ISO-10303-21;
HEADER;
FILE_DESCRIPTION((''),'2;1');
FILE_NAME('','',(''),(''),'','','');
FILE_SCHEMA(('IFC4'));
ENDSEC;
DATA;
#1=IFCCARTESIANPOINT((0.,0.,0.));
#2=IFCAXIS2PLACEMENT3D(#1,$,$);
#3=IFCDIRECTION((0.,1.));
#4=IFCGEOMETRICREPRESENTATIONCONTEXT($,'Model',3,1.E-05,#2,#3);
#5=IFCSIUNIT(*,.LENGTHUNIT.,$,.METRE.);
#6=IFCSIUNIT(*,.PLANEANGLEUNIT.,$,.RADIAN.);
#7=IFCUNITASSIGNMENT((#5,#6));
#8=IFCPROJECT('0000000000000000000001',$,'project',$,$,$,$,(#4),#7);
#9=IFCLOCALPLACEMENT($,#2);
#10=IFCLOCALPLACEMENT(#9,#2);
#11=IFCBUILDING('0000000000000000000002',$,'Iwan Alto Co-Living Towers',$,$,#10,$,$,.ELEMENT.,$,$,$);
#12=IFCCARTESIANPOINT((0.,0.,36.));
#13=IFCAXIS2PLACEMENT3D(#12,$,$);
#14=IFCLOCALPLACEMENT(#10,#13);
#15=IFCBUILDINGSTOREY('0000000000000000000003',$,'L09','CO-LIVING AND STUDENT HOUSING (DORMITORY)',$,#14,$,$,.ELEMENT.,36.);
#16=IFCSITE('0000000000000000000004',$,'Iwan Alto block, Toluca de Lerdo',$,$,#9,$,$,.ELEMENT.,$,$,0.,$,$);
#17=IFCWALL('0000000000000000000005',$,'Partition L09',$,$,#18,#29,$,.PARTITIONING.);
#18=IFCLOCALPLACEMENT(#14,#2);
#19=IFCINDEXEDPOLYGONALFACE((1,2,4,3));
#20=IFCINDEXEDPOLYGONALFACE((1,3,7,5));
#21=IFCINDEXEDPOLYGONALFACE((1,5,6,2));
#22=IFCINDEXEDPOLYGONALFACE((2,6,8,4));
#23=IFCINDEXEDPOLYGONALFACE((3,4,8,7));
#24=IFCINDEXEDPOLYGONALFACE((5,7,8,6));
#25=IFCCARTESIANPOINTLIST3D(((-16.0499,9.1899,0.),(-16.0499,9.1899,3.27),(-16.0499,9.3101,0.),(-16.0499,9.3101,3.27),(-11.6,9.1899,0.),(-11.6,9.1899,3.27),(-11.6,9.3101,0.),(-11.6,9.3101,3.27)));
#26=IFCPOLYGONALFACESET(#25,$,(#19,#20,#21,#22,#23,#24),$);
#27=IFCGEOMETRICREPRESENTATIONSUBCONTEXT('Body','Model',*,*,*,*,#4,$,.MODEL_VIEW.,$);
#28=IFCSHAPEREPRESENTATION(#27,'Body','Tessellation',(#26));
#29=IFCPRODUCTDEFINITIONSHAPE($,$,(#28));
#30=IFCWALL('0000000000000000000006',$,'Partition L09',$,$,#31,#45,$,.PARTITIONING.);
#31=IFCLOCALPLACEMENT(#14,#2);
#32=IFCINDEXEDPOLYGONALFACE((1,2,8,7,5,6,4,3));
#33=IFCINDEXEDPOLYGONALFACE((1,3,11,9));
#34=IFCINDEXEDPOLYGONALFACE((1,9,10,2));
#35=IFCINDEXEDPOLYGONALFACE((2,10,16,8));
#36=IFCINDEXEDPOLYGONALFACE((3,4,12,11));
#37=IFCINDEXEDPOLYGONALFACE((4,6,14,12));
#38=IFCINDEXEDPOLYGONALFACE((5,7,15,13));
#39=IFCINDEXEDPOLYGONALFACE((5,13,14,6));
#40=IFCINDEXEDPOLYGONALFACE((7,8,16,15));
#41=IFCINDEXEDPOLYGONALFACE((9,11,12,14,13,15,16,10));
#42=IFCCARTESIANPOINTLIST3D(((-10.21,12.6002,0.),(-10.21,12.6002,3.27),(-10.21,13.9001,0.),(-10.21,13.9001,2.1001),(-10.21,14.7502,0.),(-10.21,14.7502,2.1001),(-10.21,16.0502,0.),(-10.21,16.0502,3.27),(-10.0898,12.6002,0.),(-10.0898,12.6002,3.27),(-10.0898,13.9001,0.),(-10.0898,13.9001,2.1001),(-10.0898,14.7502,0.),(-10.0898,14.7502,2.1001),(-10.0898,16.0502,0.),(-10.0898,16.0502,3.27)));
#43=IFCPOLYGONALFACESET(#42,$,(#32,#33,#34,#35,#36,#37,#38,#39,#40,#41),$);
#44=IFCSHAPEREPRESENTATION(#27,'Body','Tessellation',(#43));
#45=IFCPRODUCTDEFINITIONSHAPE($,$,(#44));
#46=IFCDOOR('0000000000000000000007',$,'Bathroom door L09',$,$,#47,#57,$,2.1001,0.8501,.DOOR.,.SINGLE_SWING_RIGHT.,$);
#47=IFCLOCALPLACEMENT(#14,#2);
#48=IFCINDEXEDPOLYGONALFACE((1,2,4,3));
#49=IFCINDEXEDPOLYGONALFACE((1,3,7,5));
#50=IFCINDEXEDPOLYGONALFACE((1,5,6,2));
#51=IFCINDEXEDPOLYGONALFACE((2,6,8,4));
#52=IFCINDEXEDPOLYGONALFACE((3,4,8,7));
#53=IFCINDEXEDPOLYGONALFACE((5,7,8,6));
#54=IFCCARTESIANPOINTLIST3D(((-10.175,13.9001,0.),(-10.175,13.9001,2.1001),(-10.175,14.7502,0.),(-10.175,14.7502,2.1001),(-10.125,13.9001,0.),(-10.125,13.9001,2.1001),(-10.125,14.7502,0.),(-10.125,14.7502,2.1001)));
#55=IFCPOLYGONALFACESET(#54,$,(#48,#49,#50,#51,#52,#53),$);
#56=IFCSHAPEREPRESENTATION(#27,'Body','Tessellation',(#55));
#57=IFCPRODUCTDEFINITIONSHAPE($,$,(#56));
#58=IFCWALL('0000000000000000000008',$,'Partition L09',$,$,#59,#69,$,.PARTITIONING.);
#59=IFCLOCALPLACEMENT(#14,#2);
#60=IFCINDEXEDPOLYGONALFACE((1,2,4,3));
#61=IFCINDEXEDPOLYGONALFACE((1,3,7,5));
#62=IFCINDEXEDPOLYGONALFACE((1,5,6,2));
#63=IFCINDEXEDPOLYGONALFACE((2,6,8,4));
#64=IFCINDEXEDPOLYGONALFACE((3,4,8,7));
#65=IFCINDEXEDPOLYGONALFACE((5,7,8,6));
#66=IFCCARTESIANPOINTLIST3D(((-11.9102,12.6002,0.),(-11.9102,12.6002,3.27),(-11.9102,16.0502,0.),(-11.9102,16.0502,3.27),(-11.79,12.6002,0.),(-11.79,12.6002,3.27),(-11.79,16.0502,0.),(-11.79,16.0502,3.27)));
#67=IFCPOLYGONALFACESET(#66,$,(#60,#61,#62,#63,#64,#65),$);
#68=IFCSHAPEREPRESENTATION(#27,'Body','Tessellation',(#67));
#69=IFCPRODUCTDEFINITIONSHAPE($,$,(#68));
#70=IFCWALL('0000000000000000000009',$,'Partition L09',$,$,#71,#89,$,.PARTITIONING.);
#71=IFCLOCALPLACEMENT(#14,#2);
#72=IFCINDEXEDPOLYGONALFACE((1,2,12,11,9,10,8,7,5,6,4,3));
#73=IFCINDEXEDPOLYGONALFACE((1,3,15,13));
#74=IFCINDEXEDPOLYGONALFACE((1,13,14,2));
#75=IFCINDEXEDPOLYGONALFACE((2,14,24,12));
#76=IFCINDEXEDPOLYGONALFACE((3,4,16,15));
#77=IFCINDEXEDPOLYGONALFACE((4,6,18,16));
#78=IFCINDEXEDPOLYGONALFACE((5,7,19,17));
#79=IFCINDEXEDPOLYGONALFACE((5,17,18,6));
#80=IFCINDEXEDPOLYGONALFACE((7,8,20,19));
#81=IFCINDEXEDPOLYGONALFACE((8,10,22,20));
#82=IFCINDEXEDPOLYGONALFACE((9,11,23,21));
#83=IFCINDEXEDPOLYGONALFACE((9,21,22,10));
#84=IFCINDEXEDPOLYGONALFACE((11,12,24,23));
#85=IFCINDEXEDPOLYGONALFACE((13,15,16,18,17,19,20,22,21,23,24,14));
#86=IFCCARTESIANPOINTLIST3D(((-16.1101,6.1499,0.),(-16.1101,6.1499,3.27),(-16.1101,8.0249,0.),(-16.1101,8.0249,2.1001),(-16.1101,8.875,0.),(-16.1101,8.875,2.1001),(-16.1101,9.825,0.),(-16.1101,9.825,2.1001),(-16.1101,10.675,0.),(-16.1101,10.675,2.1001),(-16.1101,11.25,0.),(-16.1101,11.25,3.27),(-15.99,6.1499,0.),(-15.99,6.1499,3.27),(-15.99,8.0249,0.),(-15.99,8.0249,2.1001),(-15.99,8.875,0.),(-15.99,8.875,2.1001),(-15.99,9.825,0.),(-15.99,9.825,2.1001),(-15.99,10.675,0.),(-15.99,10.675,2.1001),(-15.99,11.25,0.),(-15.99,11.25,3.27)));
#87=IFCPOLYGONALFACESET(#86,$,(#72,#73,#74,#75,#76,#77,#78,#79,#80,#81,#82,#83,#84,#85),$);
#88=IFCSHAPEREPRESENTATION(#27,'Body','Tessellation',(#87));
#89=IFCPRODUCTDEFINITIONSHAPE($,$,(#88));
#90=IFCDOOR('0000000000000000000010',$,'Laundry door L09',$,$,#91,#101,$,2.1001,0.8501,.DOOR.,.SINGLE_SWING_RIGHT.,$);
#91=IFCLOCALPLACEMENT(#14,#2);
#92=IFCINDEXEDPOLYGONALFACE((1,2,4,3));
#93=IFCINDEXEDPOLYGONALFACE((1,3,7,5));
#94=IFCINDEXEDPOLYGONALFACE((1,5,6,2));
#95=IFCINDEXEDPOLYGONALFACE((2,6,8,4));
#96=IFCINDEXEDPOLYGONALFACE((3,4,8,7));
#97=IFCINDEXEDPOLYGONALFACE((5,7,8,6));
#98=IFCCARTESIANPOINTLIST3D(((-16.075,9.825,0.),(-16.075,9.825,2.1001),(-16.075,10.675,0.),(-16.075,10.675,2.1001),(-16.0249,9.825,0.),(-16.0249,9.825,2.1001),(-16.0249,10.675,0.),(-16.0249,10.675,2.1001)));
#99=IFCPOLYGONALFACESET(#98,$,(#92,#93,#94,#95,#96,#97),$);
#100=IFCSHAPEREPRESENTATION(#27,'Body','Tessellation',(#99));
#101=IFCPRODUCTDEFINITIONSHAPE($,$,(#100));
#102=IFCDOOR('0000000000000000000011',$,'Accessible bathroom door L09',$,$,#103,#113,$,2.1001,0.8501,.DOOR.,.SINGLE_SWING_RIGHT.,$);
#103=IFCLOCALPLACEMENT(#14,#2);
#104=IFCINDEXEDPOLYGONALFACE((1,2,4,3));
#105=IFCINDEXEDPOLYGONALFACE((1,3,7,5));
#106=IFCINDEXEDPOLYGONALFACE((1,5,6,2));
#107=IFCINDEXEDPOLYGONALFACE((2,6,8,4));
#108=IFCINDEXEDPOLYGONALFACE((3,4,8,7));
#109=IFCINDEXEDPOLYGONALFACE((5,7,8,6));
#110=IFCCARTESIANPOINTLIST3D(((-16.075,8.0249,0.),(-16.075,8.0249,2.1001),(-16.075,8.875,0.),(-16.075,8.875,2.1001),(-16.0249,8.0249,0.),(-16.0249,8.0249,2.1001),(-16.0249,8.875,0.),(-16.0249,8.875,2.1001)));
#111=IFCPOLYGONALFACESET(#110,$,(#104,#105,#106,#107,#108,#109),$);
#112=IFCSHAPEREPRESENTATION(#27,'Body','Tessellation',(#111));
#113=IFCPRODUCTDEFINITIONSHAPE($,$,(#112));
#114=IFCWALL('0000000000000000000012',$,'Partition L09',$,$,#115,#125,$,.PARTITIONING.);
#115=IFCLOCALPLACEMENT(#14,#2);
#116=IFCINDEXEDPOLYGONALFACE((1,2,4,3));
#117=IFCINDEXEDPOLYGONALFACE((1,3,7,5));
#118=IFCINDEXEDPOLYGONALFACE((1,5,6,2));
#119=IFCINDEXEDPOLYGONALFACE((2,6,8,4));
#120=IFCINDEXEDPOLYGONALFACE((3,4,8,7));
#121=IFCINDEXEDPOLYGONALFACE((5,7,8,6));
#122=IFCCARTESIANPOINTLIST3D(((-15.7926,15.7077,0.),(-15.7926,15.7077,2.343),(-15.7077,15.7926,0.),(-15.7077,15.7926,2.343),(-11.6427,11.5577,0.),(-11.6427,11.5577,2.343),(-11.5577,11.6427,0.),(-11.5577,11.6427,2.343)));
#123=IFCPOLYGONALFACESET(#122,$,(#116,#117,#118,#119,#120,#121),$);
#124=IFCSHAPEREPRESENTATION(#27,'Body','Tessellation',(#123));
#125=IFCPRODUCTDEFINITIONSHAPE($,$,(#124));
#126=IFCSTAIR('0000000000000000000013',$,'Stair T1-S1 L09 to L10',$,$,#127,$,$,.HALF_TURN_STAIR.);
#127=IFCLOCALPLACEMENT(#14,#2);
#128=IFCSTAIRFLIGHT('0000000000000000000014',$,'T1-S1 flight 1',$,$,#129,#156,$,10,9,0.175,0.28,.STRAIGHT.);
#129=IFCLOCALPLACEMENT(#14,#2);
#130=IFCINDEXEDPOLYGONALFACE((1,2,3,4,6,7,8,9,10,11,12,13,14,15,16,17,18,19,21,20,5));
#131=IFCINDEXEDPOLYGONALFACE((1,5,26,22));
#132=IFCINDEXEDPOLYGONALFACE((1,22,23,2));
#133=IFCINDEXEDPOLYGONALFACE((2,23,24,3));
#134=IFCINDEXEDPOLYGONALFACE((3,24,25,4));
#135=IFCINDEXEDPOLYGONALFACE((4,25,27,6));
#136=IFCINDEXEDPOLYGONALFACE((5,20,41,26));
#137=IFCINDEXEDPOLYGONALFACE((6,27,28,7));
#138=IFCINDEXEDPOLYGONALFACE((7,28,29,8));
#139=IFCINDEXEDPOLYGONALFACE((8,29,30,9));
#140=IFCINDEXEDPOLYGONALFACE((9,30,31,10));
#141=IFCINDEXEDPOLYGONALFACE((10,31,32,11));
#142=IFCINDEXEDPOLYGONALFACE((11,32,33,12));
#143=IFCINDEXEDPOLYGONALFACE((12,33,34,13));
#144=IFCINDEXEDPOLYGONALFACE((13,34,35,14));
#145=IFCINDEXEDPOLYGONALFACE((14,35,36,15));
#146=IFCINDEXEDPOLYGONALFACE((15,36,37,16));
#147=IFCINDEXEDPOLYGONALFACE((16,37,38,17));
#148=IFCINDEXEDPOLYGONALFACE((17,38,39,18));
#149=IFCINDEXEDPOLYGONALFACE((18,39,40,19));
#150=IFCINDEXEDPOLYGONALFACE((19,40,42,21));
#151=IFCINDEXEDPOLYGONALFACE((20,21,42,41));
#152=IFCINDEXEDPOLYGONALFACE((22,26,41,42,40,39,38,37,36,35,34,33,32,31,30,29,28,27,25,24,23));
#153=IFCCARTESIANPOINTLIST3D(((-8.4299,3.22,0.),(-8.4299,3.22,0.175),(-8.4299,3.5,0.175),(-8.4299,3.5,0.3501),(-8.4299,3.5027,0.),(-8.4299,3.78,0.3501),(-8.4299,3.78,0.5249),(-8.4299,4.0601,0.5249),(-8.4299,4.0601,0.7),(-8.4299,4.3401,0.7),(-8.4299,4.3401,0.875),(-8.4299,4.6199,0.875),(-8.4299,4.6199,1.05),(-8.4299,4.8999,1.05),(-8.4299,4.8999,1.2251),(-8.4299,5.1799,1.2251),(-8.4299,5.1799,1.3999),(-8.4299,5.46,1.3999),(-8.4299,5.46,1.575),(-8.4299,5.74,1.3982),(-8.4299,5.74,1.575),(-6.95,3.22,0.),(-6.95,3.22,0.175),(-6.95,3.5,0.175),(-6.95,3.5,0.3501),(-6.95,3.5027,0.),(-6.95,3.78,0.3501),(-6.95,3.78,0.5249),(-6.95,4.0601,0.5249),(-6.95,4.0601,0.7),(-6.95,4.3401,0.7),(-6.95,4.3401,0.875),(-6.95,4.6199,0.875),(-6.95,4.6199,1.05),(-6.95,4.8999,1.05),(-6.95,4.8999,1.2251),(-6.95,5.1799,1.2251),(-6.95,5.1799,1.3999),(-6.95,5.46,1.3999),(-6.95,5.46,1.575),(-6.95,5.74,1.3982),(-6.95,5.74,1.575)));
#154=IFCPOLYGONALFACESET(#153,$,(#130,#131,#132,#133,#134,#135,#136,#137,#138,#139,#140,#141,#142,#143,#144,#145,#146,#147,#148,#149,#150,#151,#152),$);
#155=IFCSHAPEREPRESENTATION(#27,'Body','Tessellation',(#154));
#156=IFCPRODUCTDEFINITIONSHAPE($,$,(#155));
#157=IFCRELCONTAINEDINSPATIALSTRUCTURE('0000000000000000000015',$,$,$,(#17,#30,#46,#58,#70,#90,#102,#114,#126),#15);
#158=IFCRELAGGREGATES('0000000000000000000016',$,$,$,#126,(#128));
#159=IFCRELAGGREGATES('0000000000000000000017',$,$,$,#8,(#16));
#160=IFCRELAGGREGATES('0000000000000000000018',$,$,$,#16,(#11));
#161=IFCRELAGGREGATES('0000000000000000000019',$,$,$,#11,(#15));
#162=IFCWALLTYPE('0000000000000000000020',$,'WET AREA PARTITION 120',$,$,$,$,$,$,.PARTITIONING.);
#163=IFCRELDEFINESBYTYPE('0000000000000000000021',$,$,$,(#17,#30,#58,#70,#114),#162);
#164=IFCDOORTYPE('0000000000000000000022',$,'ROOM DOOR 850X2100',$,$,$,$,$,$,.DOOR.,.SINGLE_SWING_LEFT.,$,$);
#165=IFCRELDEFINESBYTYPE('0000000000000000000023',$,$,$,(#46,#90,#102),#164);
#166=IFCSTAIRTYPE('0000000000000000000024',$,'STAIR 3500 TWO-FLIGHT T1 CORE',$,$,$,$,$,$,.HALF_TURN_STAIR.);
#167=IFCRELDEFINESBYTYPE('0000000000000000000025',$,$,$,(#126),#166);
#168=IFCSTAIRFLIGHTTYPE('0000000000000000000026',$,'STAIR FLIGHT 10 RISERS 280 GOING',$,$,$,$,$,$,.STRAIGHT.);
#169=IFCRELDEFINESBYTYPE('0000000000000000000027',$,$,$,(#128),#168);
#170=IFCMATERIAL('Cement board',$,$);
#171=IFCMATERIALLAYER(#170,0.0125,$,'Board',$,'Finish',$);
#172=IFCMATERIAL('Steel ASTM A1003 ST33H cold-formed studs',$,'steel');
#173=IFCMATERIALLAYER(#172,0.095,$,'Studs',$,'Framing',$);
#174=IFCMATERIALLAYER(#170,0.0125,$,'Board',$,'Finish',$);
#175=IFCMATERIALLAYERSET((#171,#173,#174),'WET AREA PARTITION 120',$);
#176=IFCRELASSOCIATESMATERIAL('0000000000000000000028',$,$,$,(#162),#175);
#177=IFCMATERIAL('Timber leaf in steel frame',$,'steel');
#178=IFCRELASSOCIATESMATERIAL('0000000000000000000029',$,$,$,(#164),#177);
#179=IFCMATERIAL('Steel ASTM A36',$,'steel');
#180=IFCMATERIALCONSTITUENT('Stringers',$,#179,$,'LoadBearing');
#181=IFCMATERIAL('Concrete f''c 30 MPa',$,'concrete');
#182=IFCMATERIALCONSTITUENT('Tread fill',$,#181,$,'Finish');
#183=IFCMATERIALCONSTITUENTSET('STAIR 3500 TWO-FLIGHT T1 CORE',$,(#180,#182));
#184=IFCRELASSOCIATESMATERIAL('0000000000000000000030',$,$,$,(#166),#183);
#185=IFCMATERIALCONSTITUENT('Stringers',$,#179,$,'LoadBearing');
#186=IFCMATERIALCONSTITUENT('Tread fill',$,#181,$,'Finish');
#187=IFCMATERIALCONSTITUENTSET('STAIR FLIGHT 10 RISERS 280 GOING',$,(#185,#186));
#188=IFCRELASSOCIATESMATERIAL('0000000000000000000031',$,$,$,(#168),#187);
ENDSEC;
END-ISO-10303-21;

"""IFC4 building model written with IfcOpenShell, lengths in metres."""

from ifc_helpers import new_model, si_unit, direction, frame, frame_2d, origin, place, context, subcontext, project, spatial, polyline, rectangle, outline, extrude, material, layer, layer_set, constituent, constituent_set, type_object, element, fill, aggregate, save


model = new_model("IFC4")

# Units and contexts
model_context = context("Model", 3, precision=1e-05, world=origin(), true_north=direction((0.0, 1.0)))
body_context = subcontext(model_context, "Body", "Model", "MODEL_VIEW")
ifc_project = project(units=[si_unit("LENGTHUNIT", "METRE"), si_unit("PLANEANGLEUNIT", "RADIAN")], contexts=[model_context])

# Site, building, storey
site_placement = place(None, origin())
site = spatial("IfcSite", under=ifc_project, at=site_placement, Name="Iwan Alto block, Toluca de Lerdo", CompositionType="ELEMENT", RefElevation=0.0)
building_placement = place(site_placement, origin())
building = spatial("IfcBuilding", under=site, at=building_placement, Name="Iwan Alto Co-Living Towers", CompositionType="ELEMENT")
storey_placement = place(building_placement, frame((0.0, 0.0, 36.0)))
storey = spatial("IfcBuildingStorey", under=building, at=storey_placement, Name="L09", Description="CO-LIVING AND STUDENT HOUSING (DORMITORY)", CompositionType="ELEMENT", Elevation=36.0)

# Shared definitions
ifc_material_1 = material(Name="Steel ASTM A1003 ST33H cold-formed studs", Category="steel")

# Shared definitions
ifc_material_2 = material(Name="Cement board")
ifc_layer_1 = layer(ifc_material_2, 0.0125, Name="Board", Category="Finish")
ifc_layer_2 = layer(ifc_material_1, 0.095, Name="Studs", Category="Framing")
ifc_layer_3 = layer(ifc_material_2, 0.0125, Name="Board", Category="Finish")
ifc_layer_set_1 = layer_set([ifc_layer_1, ifc_layer_2, ifc_layer_3], Name="WET AREA PARTITION 120")
wall_type_1 = type_object("IfcWallType", Name="WET AREA PARTITION 120", PredefinedType="PARTITIONING", material=ifc_layer_set_1)
ifc_material_3 = material(Name="Timber leaf in steel frame", Category="steel")
door_type_1 = type_object("IfcDoorType", Name="ROOM DOOR 850X2100", OperationType="SINGLE_SWING_LEFT", PredefinedType="DOOR", material=ifc_material_3)

# Wall
for number, where, z_axis, x_axis, name in (
    (1, (-16.05, 9.25, 0.0), (0.0, 0.0, 1.0), (1.0, 0.0, 0.0), "Partition L09"),
):
    element("IfcWall", number, at=place(storey_placement, frame(where, z_axis=z_axis, x_axis=x_axis)), inside=storey, type_object=wall_type_1, Name=name, PredefinedType="PARTITIONING", context=body_context, shape_type="SweptSolid", body=[
        extrude(rectangle(XDim=4.45, YDim=0.1201, at=frame_2d((2.2251, 0.0))), origin(), (0.0, 0.0, 1.0), 3.27),
    ])

# Wall, opening, door
wall_1_placement = place(storey_placement, frame((-10.1499, 12.6001, 0.0), z_axis=(0.0, 0.0, 1.0), x_axis=(0.0, 1.0, 0.0)))
wall_1 = element("IfcWall", 2, at=wall_1_placement, inside=storey, type_object=wall_type_1, Name="Partition L09", PredefinedType="PARTITIONING", context=body_context, shape_type="SweptSolid", body=[
    extrude(rectangle(XDim=3.45, YDim=0.1201, at=frame_2d((1.7251, 0.0))), origin(), (0.0, 0.0, 1.0), 3.27),
])
opening_1_placement = place(wall_1_placement, frame((1.3, 0.0, 0.0)))
opening_1 = element("IfcOpeningElement", 3, at=opening_1_placement, cuts=wall_1, PredefinedType="OPENING", context=body_context, shape_type="SweptSolid", body=[
    extrude(rectangle(XDim=0.8501, YDim=2.1001, at=frame_2d((0.425, 1.05))), frame((0.0, 0.0701, 0.0), z_axis=(0.0, -1.0, 0.0), x_axis=(1.0, 0.0, 0.0)), (0.0, 0.0, 1.0), 0.1401),
])
door_1_placement = place(opening_1_placement, frame((0.8501, 0.0, 0.0), z_axis=(0.0, 0.0, 1.0), x_axis=(-1.0, 0.0, 0.0)))
door_1 = element("IfcDoor", 4, at=door_1_placement, inside=storey, type_object=door_type_1, Name="Bathroom door L09", OperationType="SINGLE_SWING_RIGHT", OverallHeight=2.1001, OverallWidth=0.8501, PredefinedType="DOOR", context=body_context, shape_type="SweptSolid", body=[
    extrude(rectangle(XDim=0.8501, YDim=2.1001, at=frame_2d((0.425, 1.05))), frame((0.0, 0.0249, 0.0), z_axis=(0.0, -1.0, 0.0), x_axis=(1.0, 0.0, 0.0)), (0.0, 0.0, 1.0), 0.05),
])
fill(opening_1, door_1)

# Wall
wall_2_placement = place(storey_placement, frame((-11.8501, 12.6001, 0.0), z_axis=(0.0, 0.0, 1.0), x_axis=(0.0, 1.0, 0.0)))
element("IfcWall", 5, at=wall_2_placement, inside=storey, type_object=wall_type_1, Name="Partition L09", PredefinedType="PARTITIONING", context=body_context, shape_type="SweptSolid", body=[
    extrude(rectangle(XDim=3.45, YDim=0.1201, at=frame_2d((1.7251, 0.0))), origin(), (0.0, 0.0, 1.0), 3.27),
])

# Wall, openings, doors
wall_3_placement = place(storey_placement, frame((-16.05, 6.1499, 0.0), z_axis=(0.0, 0.0, 1.0), x_axis=(0.0, 1.0, 0.0)))
wall_3 = element("IfcWall", 6, at=wall_3_placement, inside=storey, type_object=wall_type_1, Name="Partition L09", PredefinedType="PARTITIONING", context=body_context, shape_type="SweptSolid", body=[
    extrude(rectangle(XDim=5.1001, YDim=0.1201, at=frame_2d((2.55, 0.0))), origin(), (0.0, 0.0, 1.0), 3.27),
])
opening_2_placement = place(wall_3_placement, frame((3.675, 0.0, 0.0)))
opening_2 = element("IfcOpeningElement", 7, at=opening_2_placement, cuts=wall_3, PredefinedType="OPENING", context=body_context, shape_type="SweptSolid", body=[
    extrude(rectangle(XDim=0.8501, YDim=2.1001, at=frame_2d((0.425, 1.05))), frame((0.0, 0.0701, 0.0), z_axis=(0.0, -1.0, 0.0), x_axis=(1.0, 0.0, 0.0)), (0.0, 0.0, 1.0), 0.1401),
])
opening_3_placement = place(wall_3_placement, frame((1.875, 0.0, 0.0)))
opening_3 = element("IfcOpeningElement", 8, at=opening_3_placement, cuts=wall_3, PredefinedType="OPENING", context=body_context, shape_type="SweptSolid", body=[
    extrude(rectangle(XDim=0.8501, YDim=2.1001, at=frame_2d((0.425, 1.05))), frame((0.0, 0.0701, 0.0), z_axis=(0.0, -1.0, 0.0), x_axis=(1.0, 0.0, 0.0)), (0.0, 0.0, 1.0), 0.1401),
])
door_2_placement = place(opening_2_placement, origin())
door_2 = element("IfcDoor", 9, at=door_2_placement, inside=storey, type_object=door_type_1, Name="Laundry door L09", OperationType="SINGLE_SWING_RIGHT", OverallHeight=2.1001, OverallWidth=0.8501, PredefinedType="DOOR", context=body_context, shape_type="SweptSolid", body=[
    extrude(rectangle(XDim=0.8501, YDim=2.1001, at=frame_2d((0.425, 1.05))), frame((0.0, 0.0249, 0.0), z_axis=(0.0, -1.0, 0.0), x_axis=(1.0, 0.0, 0.0)), (0.0, 0.0, 1.0), 0.05),
])
fill(opening_2, door_2)
door_3_placement = place(opening_3_placement, origin())
door_3 = element("IfcDoor", 10, at=door_3_placement, inside=storey, type_object=door_type_1, Name="Accessible bathroom door L09", OperationType="SINGLE_SWING_RIGHT", OverallHeight=2.1001, OverallWidth=0.8501, PredefinedType="DOOR", context=body_context, shape_type="SweptSolid", body=[
    extrude(rectangle(XDim=0.8501, YDim=2.1001, at=frame_2d((0.425, 1.05))), frame((0.0, 0.0249, 0.0), z_axis=(0.0, -1.0, 0.0), x_axis=(1.0, 0.0, 0.0)), (0.0, 0.0, 1.0), 0.05),
])
fill(opening_3, door_3)

# Wall
wall_4_placement = place(storey_placement, frame((-11.6001, 11.6001, 0.0), z_axis=(0.0, 0.0, 1.0), x_axis=(-0.707107, 0.707107, 0.0)))
element("IfcWall", 11, at=wall_4_placement, inside=storey, type_object=wall_type_1, Name="Partition L09", PredefinedType="PARTITIONING", context=body_context, shape_type="SweptSolid", body=[
    extrude(rectangle(XDim=5.8689, YDim=0.1201, at=frame_2d((2.9346, 0.0))), origin(), (0.0, 0.0, 1.0), 2.343),
])

# Stair, stair flight
ifc_material_4 = material(Name="Steel ASTM A36", Category="steel")
ifc_constituent_1 = constituent(ifc_material_4, Name="Stringers", Category="LoadBearing")
ifc_material_5 = material(Name="Concrete f'c 30 MPa", Category="concrete")
ifc_constituent_2 = constituent(ifc_material_5, Name="Tread fill", Category="Finish")
ifc_constituent_set_1 = constituent_set(constituents=[ifc_constituent_1, ifc_constituent_2], Name="STAIR 3500 TWO-FLIGHT T1 CORE")
stair_type = type_object("IfcStairType", Name="STAIR 3500 TWO-FLIGHT T1 CORE", PredefinedType="HALF_TURN_STAIR", material=ifc_constituent_set_1)
stair_placement = place(storey_placement, origin())
stair = element("IfcStair", 12, at=stair_placement, inside=storey, type_object=stair_type, Name="Stair T1-S1 L09 to L10", PredefinedType="HALF_TURN_STAIR")
ifc_constituent_3 = constituent(ifc_material_4, Name="Stringers", Category="LoadBearing")
ifc_constituent_4 = constituent(ifc_material_5, Name="Tread fill", Category="Finish")
ifc_constituent_set_2 = constituent_set(constituents=[ifc_constituent_3, ifc_constituent_4], Name="STAIR FLIGHT 10 RISERS 280 GOING")
stair_flight_type = type_object("IfcStairFlightType", Name="STAIR FLIGHT 10 RISERS 280 GOING", PredefinedType="STRAIGHT", material=ifc_constituent_set_2)
stair_flight_1_placement = place(storey_placement, frame((-7.6899, 3.22, 0.0), z_axis=(0.0, 0.0, 1.0), x_axis=(0.0, 1.0, 0.0)))
stair_flight_1 = element("IfcStairFlight", 13, at=stair_flight_1_placement, type_object=stair_flight_type, Name="T1-S1 flight 1", NumberOfRisers=10, NumberOfTreads=9, PredefinedType="STRAIGHT", RiserHeight=0.175, TreadLength=0.28, context=body_context, shape_type="SweptSolid", body=[
    extrude(outline(polyline([(0.0, 0.0), (0.0, 0.175), (0.28, 0.175), (0.28, 0.3501), (0.5601, 0.3501), (0.5601, 0.5249), (0.8401, 0.5249), (0.8401, 0.7), (1.1201, 0.7), (1.1201, 0.875), (1.3999, 0.875), (1.3999, 1.05), (1.6799, 1.05), (1.6799, 1.2251), (1.96, 1.2251), (1.96, 1.3999), (2.24, 1.3999), (2.24, 1.575), (2.52, 1.575), (2.52, 1.75), (2.52, 1.3982), (0.2827, 0.0), (0.0, 0.0)])), frame((0.0, 0.74, 0.0), z_axis=(0.0, -1.0, 0.0), x_axis=(1.0, 0.0, 0.0)), (0.0, 0.0, 1.0), 1.48),
])
aggregate(stair, [stair_flight_1])

save(model, "model.ifc")
